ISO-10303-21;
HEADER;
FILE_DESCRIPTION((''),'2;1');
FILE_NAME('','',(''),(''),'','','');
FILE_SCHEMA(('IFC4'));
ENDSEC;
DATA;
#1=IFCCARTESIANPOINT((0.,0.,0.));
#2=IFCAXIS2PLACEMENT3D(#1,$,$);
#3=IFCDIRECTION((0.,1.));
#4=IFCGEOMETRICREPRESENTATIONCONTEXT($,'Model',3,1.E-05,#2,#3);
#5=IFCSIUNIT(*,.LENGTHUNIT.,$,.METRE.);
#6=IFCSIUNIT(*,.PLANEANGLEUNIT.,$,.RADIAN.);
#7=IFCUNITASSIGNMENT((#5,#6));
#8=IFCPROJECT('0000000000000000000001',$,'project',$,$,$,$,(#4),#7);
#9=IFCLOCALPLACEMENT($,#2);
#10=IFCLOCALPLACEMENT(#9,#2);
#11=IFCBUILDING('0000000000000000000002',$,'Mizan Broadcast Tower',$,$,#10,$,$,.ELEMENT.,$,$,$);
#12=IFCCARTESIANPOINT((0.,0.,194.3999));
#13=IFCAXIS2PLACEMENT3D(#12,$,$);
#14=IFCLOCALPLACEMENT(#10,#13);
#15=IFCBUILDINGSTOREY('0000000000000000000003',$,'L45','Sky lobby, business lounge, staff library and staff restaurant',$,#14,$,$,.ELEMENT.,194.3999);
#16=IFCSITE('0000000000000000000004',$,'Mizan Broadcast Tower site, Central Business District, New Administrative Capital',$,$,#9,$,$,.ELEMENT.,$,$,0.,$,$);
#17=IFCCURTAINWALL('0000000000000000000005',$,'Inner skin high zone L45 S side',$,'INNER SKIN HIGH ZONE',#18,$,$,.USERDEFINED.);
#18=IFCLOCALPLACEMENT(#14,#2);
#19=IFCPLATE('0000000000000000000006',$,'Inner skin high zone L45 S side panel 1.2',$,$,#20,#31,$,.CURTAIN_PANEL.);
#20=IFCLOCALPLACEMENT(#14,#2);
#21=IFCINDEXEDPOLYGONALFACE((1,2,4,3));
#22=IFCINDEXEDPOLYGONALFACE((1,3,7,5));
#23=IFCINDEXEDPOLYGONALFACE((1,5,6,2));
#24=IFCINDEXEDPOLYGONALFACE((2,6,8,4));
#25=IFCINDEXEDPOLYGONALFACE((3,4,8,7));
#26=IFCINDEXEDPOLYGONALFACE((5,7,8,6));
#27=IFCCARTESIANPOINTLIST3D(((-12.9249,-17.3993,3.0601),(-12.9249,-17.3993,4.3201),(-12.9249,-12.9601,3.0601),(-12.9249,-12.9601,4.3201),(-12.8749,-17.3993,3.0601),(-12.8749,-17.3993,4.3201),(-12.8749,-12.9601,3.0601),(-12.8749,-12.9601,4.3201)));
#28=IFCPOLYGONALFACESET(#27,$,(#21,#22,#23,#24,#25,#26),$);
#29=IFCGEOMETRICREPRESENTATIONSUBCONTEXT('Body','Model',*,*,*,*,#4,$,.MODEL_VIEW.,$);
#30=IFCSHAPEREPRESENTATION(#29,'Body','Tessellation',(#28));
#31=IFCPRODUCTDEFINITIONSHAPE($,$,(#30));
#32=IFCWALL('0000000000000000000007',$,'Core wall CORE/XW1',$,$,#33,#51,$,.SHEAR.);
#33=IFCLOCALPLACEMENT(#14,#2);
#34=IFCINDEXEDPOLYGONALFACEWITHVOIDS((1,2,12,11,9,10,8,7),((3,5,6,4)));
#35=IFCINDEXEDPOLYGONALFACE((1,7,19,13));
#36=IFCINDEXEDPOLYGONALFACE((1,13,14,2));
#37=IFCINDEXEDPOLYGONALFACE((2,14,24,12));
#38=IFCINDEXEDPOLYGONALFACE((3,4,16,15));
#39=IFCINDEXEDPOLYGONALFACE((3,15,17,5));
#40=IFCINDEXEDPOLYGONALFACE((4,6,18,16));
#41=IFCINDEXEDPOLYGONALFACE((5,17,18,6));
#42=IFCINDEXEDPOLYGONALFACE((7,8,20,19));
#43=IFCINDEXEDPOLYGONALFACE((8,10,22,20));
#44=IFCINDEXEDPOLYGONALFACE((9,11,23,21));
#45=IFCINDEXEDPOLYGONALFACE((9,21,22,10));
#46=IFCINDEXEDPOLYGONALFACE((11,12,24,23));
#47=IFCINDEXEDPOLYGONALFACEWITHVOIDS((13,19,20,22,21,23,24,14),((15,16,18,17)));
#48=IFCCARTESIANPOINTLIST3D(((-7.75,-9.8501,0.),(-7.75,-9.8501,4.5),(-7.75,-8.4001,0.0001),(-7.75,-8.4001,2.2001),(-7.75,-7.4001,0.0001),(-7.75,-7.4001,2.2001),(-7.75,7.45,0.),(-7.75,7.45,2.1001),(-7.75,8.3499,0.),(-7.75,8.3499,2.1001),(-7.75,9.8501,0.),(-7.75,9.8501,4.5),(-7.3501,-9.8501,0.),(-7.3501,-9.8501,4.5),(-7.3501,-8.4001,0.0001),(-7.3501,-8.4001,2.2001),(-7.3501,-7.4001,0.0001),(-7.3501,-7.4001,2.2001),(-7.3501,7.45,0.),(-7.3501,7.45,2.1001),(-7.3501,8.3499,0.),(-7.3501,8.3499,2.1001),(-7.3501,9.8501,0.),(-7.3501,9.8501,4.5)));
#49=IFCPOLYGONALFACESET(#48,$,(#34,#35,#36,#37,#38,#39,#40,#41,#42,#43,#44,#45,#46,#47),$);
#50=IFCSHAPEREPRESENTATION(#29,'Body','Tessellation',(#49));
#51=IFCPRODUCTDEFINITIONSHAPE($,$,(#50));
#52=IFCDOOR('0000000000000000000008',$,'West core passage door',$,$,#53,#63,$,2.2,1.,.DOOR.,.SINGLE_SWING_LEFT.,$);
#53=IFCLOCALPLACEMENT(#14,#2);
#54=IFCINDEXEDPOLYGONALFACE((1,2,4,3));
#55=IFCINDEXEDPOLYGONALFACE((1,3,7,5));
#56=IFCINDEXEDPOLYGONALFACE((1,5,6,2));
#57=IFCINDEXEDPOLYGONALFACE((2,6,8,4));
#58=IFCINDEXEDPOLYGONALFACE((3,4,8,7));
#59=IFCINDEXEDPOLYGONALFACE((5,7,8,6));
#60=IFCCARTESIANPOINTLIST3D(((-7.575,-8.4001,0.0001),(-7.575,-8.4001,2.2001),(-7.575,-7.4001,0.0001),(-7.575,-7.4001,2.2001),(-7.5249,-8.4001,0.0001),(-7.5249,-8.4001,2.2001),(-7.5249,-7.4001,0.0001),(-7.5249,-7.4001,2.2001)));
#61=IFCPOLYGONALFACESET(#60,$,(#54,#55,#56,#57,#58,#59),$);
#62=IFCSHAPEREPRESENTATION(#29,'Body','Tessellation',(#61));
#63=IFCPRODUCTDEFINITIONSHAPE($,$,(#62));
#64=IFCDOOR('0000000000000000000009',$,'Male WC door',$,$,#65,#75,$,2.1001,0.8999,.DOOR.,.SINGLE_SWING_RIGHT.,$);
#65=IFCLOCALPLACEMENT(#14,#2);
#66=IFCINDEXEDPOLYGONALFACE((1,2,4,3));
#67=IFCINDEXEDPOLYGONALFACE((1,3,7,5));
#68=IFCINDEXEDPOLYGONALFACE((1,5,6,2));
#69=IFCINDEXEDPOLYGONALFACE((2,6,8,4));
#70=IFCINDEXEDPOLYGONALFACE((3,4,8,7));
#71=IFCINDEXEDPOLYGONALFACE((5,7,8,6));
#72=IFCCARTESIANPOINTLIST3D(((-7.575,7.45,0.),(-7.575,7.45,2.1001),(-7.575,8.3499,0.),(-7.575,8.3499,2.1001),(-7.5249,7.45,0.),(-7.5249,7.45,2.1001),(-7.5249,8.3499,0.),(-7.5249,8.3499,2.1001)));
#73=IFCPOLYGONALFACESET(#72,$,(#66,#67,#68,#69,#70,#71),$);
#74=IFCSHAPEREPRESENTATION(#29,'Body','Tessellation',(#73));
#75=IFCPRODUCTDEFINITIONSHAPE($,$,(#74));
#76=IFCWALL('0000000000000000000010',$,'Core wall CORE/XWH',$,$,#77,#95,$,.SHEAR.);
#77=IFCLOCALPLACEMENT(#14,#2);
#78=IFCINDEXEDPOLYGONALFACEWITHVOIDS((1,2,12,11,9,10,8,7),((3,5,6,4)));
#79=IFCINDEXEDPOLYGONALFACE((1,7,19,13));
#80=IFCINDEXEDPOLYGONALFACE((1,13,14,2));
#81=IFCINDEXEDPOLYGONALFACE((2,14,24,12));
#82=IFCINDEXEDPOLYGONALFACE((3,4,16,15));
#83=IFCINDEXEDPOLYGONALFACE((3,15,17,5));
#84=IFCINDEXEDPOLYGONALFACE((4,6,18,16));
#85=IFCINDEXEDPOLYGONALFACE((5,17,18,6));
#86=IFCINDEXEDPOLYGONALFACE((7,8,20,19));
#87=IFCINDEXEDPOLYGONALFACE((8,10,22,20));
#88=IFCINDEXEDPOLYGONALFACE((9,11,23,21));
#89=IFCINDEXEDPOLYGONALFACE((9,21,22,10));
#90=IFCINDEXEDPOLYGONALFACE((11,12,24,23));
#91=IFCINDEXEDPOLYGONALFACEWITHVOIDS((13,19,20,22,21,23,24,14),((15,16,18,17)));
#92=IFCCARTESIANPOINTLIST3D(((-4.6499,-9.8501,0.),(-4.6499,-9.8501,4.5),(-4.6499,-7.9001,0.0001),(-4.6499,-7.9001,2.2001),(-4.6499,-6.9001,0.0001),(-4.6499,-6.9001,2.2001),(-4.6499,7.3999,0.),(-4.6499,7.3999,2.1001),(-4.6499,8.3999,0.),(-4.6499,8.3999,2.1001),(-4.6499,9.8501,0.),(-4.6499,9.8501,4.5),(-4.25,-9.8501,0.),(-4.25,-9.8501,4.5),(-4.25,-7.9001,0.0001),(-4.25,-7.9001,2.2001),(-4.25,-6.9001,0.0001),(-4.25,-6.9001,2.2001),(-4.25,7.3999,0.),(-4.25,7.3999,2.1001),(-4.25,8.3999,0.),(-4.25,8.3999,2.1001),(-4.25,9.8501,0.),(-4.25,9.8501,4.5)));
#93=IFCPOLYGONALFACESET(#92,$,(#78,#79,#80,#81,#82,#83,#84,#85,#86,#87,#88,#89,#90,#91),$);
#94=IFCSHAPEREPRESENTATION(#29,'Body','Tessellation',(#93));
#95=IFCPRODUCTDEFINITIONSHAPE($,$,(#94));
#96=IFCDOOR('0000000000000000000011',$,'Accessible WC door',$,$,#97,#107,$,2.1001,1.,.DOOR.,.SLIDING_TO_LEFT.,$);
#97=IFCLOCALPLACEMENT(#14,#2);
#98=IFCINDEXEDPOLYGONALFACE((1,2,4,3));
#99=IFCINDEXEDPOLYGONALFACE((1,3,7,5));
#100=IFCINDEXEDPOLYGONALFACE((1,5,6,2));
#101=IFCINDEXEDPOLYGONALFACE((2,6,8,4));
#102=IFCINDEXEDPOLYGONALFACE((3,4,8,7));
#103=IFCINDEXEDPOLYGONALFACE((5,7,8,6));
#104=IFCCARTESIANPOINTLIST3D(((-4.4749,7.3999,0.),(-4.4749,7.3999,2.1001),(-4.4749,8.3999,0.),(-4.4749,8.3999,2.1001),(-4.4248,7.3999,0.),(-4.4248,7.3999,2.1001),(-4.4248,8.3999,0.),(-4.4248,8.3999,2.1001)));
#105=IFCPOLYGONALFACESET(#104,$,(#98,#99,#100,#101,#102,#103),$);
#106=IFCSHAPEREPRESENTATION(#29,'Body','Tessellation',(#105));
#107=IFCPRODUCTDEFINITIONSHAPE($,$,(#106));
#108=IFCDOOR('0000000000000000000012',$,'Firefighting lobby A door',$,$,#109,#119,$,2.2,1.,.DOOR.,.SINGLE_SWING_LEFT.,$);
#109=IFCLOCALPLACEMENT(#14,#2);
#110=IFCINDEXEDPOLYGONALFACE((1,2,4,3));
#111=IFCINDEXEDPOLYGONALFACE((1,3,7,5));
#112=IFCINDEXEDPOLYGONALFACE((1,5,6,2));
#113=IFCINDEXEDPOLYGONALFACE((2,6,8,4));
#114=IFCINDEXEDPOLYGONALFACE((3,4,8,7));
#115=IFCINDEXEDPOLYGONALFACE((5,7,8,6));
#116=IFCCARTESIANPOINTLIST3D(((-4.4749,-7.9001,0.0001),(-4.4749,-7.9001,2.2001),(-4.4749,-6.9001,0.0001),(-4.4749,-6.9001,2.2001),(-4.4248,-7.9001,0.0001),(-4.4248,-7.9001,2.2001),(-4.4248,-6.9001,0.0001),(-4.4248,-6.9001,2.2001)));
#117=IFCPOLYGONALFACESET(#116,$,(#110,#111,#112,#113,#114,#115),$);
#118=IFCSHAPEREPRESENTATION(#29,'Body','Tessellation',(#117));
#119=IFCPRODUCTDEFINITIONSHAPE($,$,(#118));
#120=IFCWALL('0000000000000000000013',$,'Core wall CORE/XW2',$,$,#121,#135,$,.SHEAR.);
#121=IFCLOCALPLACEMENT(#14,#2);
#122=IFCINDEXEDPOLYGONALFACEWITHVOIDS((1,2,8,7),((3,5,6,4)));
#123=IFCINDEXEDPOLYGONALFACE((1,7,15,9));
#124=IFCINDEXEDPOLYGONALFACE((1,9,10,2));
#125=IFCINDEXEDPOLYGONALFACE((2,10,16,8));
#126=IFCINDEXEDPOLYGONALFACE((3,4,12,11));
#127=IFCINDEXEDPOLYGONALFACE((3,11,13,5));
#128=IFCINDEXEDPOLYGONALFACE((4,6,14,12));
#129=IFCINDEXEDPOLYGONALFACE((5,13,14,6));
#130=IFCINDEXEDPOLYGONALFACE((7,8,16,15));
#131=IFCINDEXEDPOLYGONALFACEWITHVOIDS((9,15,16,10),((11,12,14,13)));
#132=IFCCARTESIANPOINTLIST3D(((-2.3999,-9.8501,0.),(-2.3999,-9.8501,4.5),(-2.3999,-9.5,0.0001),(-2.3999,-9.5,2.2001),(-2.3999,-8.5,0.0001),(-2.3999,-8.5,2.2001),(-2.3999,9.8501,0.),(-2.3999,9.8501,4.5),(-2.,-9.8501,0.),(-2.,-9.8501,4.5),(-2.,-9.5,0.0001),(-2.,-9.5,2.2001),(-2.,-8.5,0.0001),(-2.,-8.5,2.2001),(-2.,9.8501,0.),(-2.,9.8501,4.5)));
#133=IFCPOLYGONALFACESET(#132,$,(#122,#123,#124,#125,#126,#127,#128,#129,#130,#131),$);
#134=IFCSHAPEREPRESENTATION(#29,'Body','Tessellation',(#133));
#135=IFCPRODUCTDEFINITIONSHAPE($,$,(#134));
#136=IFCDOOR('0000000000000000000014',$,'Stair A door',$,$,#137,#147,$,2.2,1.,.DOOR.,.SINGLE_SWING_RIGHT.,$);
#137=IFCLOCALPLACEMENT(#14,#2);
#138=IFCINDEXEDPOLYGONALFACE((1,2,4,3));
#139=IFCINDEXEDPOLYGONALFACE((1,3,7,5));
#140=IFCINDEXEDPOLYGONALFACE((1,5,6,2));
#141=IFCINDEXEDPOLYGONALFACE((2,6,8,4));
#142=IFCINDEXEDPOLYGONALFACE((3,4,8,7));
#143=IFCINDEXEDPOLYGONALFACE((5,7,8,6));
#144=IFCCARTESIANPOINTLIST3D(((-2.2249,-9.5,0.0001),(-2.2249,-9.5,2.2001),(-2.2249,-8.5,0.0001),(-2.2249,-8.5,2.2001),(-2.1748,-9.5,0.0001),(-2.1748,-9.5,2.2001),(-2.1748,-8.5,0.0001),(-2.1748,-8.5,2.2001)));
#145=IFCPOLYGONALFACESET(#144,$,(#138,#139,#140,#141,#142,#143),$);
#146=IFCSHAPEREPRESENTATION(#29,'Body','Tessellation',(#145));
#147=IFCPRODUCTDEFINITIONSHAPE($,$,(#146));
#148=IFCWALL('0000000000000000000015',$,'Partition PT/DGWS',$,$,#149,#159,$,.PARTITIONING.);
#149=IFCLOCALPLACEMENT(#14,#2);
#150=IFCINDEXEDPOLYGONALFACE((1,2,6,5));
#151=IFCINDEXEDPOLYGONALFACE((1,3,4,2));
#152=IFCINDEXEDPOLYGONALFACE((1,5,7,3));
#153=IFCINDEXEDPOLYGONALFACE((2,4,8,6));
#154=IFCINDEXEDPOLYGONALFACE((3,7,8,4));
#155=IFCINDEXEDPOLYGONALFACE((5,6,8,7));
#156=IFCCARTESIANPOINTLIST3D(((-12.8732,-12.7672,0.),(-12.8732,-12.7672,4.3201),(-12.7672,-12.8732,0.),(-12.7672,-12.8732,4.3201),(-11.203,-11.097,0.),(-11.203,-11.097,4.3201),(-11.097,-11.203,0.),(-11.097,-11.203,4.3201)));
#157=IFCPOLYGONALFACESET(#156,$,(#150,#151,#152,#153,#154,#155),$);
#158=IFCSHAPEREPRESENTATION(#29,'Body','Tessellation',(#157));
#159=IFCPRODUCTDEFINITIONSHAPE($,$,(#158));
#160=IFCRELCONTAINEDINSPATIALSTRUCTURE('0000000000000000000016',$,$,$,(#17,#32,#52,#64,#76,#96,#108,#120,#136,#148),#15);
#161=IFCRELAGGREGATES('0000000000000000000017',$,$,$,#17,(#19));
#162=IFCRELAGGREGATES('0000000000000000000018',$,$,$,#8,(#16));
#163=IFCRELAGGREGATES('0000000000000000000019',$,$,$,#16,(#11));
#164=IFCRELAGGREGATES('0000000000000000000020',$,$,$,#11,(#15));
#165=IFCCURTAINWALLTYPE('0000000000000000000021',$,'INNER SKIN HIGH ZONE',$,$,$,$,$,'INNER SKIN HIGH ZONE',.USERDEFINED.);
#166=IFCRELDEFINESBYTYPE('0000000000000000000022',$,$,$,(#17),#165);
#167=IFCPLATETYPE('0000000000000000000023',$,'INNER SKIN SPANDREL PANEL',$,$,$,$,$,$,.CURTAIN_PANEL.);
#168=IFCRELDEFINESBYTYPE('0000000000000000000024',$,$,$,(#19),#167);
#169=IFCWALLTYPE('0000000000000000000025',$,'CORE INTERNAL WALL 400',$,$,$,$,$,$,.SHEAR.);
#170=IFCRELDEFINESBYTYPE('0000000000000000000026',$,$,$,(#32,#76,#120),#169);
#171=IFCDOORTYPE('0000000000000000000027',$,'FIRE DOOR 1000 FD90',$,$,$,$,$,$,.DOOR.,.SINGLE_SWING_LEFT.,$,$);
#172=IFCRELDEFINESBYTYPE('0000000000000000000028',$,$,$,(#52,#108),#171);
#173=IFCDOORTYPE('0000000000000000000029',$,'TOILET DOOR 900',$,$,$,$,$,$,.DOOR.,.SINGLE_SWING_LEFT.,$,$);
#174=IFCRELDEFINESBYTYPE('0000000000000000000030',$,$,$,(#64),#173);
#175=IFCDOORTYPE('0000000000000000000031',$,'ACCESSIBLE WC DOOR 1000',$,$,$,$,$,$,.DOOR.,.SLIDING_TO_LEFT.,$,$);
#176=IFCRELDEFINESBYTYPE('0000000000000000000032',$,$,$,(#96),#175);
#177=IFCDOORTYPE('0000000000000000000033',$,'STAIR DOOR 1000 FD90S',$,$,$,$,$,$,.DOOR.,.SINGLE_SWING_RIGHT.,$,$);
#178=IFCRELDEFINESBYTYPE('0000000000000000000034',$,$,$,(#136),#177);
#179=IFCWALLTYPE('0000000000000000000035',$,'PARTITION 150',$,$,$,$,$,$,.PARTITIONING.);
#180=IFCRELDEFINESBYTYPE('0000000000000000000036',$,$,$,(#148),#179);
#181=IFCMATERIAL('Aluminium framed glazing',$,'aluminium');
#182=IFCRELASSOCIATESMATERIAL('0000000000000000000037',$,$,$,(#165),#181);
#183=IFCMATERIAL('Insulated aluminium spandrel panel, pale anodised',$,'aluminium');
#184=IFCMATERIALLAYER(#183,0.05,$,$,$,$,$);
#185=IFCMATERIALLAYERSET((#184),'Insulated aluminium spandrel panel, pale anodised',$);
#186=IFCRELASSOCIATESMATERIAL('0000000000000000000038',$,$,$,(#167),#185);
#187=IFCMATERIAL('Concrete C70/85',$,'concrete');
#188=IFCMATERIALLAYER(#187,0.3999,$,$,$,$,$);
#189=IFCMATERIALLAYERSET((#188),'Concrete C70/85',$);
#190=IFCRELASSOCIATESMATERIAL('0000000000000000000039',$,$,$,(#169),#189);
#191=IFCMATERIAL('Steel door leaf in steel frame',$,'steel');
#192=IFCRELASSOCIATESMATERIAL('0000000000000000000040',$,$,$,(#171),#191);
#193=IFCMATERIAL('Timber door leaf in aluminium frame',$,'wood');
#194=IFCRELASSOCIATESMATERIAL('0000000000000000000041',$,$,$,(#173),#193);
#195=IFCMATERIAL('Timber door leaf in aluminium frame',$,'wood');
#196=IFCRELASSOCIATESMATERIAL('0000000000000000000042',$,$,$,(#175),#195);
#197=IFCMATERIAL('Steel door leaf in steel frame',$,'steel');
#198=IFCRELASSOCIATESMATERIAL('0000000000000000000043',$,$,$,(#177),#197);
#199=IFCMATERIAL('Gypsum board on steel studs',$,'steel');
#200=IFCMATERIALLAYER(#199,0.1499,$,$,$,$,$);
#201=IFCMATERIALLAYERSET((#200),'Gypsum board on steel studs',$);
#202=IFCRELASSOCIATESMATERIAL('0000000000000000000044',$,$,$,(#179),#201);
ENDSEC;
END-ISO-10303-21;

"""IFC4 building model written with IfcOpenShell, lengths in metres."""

from ifc_helpers import new_model, si_unit, direction, frame, frame_2d, origin, origin_2d, place, context, subcontext, project, spatial, rectangle, extrude, material, layer, layer_set, type_object, element, fill, aggregate, save


model = new_model("IFC4")

# Units and contexts
model_context = context("Model", 3, precision=1e-05, world=origin(), true_north=direction((0.0, 1.0)))
body_context = subcontext(model_context, "Body", "Model", "MODEL_VIEW")
ifc_project = project(units=[si_unit("LENGTHUNIT", "METRE"), si_unit("PLANEANGLEUNIT", "RADIAN")], contexts=[model_context])

# Site, building, storey
site_placement = place(None, origin())
site = spatial("IfcSite", under=ifc_project, at=site_placement, Name="Mizan Broadcast Tower site, Central Business District, New Administrative Capital", CompositionType="ELEMENT", RefElevation=0.0)
building_placement = place(site_placement, origin())
building = spatial("IfcBuilding", under=site, at=building_placement, Name="Mizan Broadcast Tower", CompositionType="ELEMENT")
storey_placement = place(building_placement, frame((0.0, 0.0, 194.3999)))
storey = spatial("IfcBuildingStorey", under=building, at=storey_placement, Name="L45", Description="Sky lobby, business lounge, staff library and staff restaurant", CompositionType="ELEMENT", Elevation=194.3999)

# Curtain wall
ifc_material_1 = material(Name="Aluminium framed glazing", Category="aluminium")
curtain_wall_type = type_object("IfcCurtainWallType", Name="INNER SKIN HIGH ZONE", ElementType="INNER SKIN HIGH ZONE", PredefinedType="USERDEFINED", material=ifc_material_1)
curtain_wall_1_placement = place(storey_placement, origin())
curtain_wall_1 = element("IfcCurtainWall", 1, at=curtain_wall_1_placement, inside=storey, type_object=curtain_wall_type, Name="Inner skin high zone L45 S side", ObjectType="INNER SKIN HIGH ZONE", PredefinedType="USERDEFINED")

# Plate
ifc_material_2 = material(Name="Insulated aluminium spandrel panel, pale anodised", Category="aluminium")
ifc_layer_1 = layer(ifc_material_2, 0.05)
ifc_layer_set_1 = layer_set([ifc_layer_1], Name="Insulated aluminium spandrel panel, pale anodised")
plate_type_1 = type_object("IfcPlateType", Name="INNER SKIN SPANDREL PANEL", PredefinedType="CURTAIN_PANEL", material=ifc_layer_set_1)
plate_1_placement = place(storey_placement, frame((-12.8999, -15.1797, 3.0601), z_axis=(0.0, 0.0, 1.0), x_axis=(0.0, -1.0, 0.0)))
plate_1 = element("IfcPlate", 2, at=plate_1_placement, type_object=plate_type_1, Name="Inner skin high zone L45 S side panel 1.2", PredefinedType="CURTAIN_PANEL", context=body_context, shape_type="SweptSolid", body=[
    extrude(rectangle(XDim=4.4392, YDim=0.05, at=origin_2d()), origin(), (0.0, 0.0, 1.0), 1.26),
])
aggregate(curtain_wall_1, [plate_1])

# Walls, openings, doors
ifc_material_3 = material(Name="Concrete C70/85", Category="concrete")
ifc_layer_2 = layer(ifc_material_3, 0.3999)
ifc_layer_set_2 = layer_set([ifc_layer_2], Name="Concrete C70/85")
wall_type_1 = type_object("IfcWallType", Name="CORE INTERNAL WALL 400", PredefinedType="SHEAR", material=ifc_layer_set_2)
wall_1_placement = place(storey_placement, frame((-7.55, -9.8501, 0.0), z_axis=(0.0, 0.0, 1.0), x_axis=(0.0, 1.0, 0.0)))
wall_1 = element("IfcWall", 3, at=wall_1_placement, inside=storey, type_object=wall_type_1, Name="Core wall CORE/XW1", PredefinedType="SHEAR", context=body_context, shape_type="SweptSolid", body=[
    extrude(rectangle(XDim=19.7002, YDim=0.3999, at=frame_2d((9.8501, 0.0))), origin(), (0.0, 0.0, 1.0), 4.5),
])
opening_1_placement = place(wall_1_placement, frame((1.45, 0.0, 0.0)))
opening_1 = element("IfcOpeningElement", 4, at=opening_1_placement, cuts=wall_1, PredefinedType="OPENING", context=body_context, shape_type="SweptSolid", body=[
    extrude(rectangle(XDim=1.0, YDim=2.2, at=frame_2d((0.5, 1.1001))), frame((0.0, 0.21, 0.0), z_axis=(0.0, -1.0, 0.0), x_axis=(1.0, 0.0, 0.0)), (0.0, 0.0, 1.0), 0.4199),
])
opening_2_placement = place(wall_1_placement, frame((17.3, 0.0, 0.0)))
opening_2 = element("IfcOpeningElement", 5, at=opening_2_placement, cuts=wall_1, PredefinedType="OPENING", context=body_context, shape_type="SweptSolid", body=[
    extrude(rectangle(XDim=0.8999, YDim=2.1001, at=frame_2d((0.45, 1.05))), frame((0.0, 0.21, 0.0), z_axis=(0.0, -1.0, 0.0), x_axis=(1.0, 0.0, 0.0)), (0.0, 0.0, 1.0), 0.4199),
])
ifc_material_4 = material(Name="Steel door leaf in steel frame", Category="steel")
door_type_1 = type_object("IfcDoorType", Name="FIRE DOOR 1000 FD90", OperationType="SINGLE_SWING_LEFT", PredefinedType="DOOR", material=ifc_material_4)
door_1_placement = place(opening_1_placement, origin())
door_1 = element("IfcDoor", 6, at=door_1_placement, inside=storey, type_object=door_type_1, Name="West core passage door", OperationType="SINGLE_SWING_LEFT", OverallHeight=2.2, OverallWidth=1.0, PredefinedType="DOOR", context=body_context, shape_type="SweptSolid", body=[
    extrude(rectangle(XDim=1.0, YDim=2.2, at=frame_2d((0.5, 1.1001))), frame((0.0, 0.0249, 0.0), z_axis=(0.0, -1.0, 0.0), x_axis=(1.0, 0.0, 0.0)), (0.0, 0.0, 1.0), 0.05),
])
fill(opening_1, door_1)
ifc_material_5 = material(Name="Timber door leaf in aluminium frame", Category="wood")
door_type_2 = type_object("IfcDoorType", Name="TOILET DOOR 900", OperationType="SINGLE_SWING_LEFT", PredefinedType="DOOR", material=ifc_material_5)
door_2_placement = place(opening_2_placement, origin())
door_2 = element("IfcDoor", 7, at=door_2_placement, inside=storey, type_object=door_type_2, Name="Male WC door", OperationType="SINGLE_SWING_RIGHT", OverallHeight=2.1001, OverallWidth=0.8999, PredefinedType="DOOR", context=body_context, shape_type="SweptSolid", body=[
    extrude(rectangle(XDim=0.8999, YDim=2.1001, at=frame_2d((0.45, 1.05))), frame((0.0, 0.0249, 0.0), z_axis=(0.0, -1.0, 0.0), x_axis=(1.0, 0.0, 0.0)), (0.0, 0.0, 1.0), 0.05),
])
fill(opening_2, door_2)
wall_2_placement = place(storey_placement, frame((-4.45, -9.8501, 0.0), z_axis=(0.0, 0.0, 1.0), x_axis=(0.0, 1.0, 0.0)))
wall_2 = element("IfcWall", 8, at=wall_2_placement, inside=storey, type_object=wall_type_1, Name="Core wall CORE/XWH", PredefinedType="SHEAR", context=body_context, shape_type="SweptSolid", body=[
    extrude(rectangle(XDim=19.7002, YDim=0.3999, at=frame_2d((9.8501, 0.0))), origin(), (0.0, 0.0, 1.0), 4.5),
])
opening_3_placement = place(wall_2_placement, frame((1.95, 0.0, 0.0)))
opening_3 = element("IfcOpeningElement", 9, at=opening_3_placement, cuts=wall_2, PredefinedType="OPENING", context=body_context, shape_type="SweptSolid", body=[
    extrude(rectangle(XDim=1.0, YDim=2.2, at=frame_2d((0.5, 1.1001))), frame((0.0, 0.21, 0.0), z_axis=(0.0, -1.0, 0.0), x_axis=(1.0, 0.0, 0.0)), (0.0, 0.0, 1.0), 0.4199),
])
opening_4_placement = place(wall_2_placement, frame((17.25, 0.0, 0.0)))
opening_4 = element("IfcOpeningElement", 10, at=opening_4_placement, cuts=wall_2, PredefinedType="OPENING", context=body_context, shape_type="SweptSolid", body=[
    extrude(rectangle(XDim=1.0, YDim=2.1001, at=frame_2d((0.5, 1.05))), frame((0.0, 0.21, 0.0), z_axis=(0.0, -1.0, 0.0), x_axis=(1.0, 0.0, 0.0)), (0.0, 0.0, 1.0), 0.4199),
])
ifc_material_6 = material(Name="Timber door leaf in aluminium frame", Category="wood")
door_type_3 = type_object("IfcDoorType", Name="ACCESSIBLE WC DOOR 1000", OperationType="SLIDING_TO_LEFT", PredefinedType="DOOR", material=ifc_material_6)
door_3_placement = place(opening_4_placement, origin())
door_3 = element("IfcDoor", 11, at=door_3_placement, inside=storey, type_object=door_type_3, Name="Accessible WC door", OperationType="SLIDING_TO_LEFT", OverallHeight=2.1001, OverallWidth=1.0, PredefinedType="DOOR", context=body_context, shape_type="SweptSolid", body=[
    extrude(rectangle(XDim=1.0, YDim=2.1001, at=frame_2d((0.5, 1.05))), frame((0.0, 0.0249, 0.0), z_axis=(0.0, -1.0, 0.0), x_axis=(1.0, 0.0, 0.0)), (0.0, 0.0, 1.0), 0.05),
])
fill(opening_4, door_3)
door_4_placement = place(opening_3_placement, origin())
door_4 = element("IfcDoor", 12, at=door_4_placement, inside=storey, type_object=door_type_1, Name="Firefighting lobby A door", OperationType="SINGLE_SWING_LEFT", OverallHeight=2.2, OverallWidth=1.0, PredefinedType="DOOR", context=body_context, shape_type="SweptSolid", body=[
    extrude(rectangle(XDim=1.0, YDim=2.2, at=frame_2d((0.5, 1.1001))), frame((0.0, 0.0249, 0.0), z_axis=(0.0, -1.0, 0.0), x_axis=(1.0, 0.0, 0.0)), (0.0, 0.0, 1.0), 0.05),
])
fill(opening_3, door_4)

# Wall, opening, door
wall_3_placement = place(storey_placement, frame((-2.2, -9.8501, 0.0), z_axis=(0.0, 0.0, 1.0), x_axis=(0.0, 1.0, 0.0)))
wall_3 = element("IfcWall", 13, at=wall_3_placement, inside=storey, type_object=wall_type_1, Name="Core wall CORE/XW2", PredefinedType="SHEAR", context=body_context, shape_type="SweptSolid", body=[
    extrude(rectangle(XDim=19.7002, YDim=0.3999, at=frame_2d((9.8501, 0.0))), origin(), (0.0, 0.0, 1.0), 4.5),
])
opening_5_placement = place(wall_3_placement, frame((0.3501, 0.0, 0.0)))
opening_5 = element("IfcOpeningElement", 14, at=opening_5_placement, cuts=wall_3, PredefinedType="OPENING", context=body_context, shape_type="SweptSolid", body=[
    extrude(rectangle(XDim=1.0, YDim=2.2, at=frame_2d((0.5, 1.1001))), frame((0.0, 0.21, 0.0), z_axis=(0.0, -1.0, 0.0), x_axis=(1.0, 0.0, 0.0)), (0.0, 0.0, 1.0), 0.4199),
])
ifc_material_7 = material(Name="Steel door leaf in steel frame", Category="steel")
door_type_4 = type_object("IfcDoorType", Name="STAIR DOOR 1000 FD90S", OperationType="SINGLE_SWING_RIGHT", PredefinedType="DOOR", material=ifc_material_7)
door_5_placement = place(opening_5_placement, origin())
door_5 = element("IfcDoor", 15, at=door_5_placement, inside=storey, type_object=door_type_4, Name="Stair A door", OperationType="SINGLE_SWING_RIGHT", OverallHeight=2.2, OverallWidth=1.0, PredefinedType="DOOR", context=body_context, shape_type="SweptSolid", body=[
    extrude(rectangle(XDim=1.0, YDim=2.2, at=frame_2d((0.5, 1.1001))), frame((0.0, 0.0249, 0.0), z_axis=(0.0, -1.0, 0.0), x_axis=(1.0, 0.0, 0.0)), (0.0, 0.0, 1.0), 0.05),
])
fill(opening_5, door_5)

# Wall
ifc_material_8 = material(Name="Gypsum board on steel studs", Category="steel")
ifc_layer_3 = layer(ifc_material_8, 0.1499)
ifc_layer_set_3 = layer_set([ifc_layer_3], Name="Gypsum board on steel studs")
wall_type_2 = type_object("IfcWallType", Name="PARTITION 150", PredefinedType="PARTITIONING", material=ifc_layer_set_3)
wall_4_placement = place(storey_placement, frame((-11.1499, -11.1499, 0.0), z_axis=(0.0, 0.0, 1.0), x_axis=(-0.707107, -0.707107, 0.0)))
element("IfcWall", 16, at=wall_4_placement, inside=storey, type_object=wall_type_2, Name="Partition PT/DGWS", PredefinedType="PARTITIONING", context=body_context, shape_type="SweptSolid", body=[
    extrude(rectangle(XDim=2.3621, YDim=0.1499, at=frame_2d((1.1812, 0.0))), origin(), (0.0, 0.0, 1.0), 4.3201),
])

save(model, "model.ifc")
